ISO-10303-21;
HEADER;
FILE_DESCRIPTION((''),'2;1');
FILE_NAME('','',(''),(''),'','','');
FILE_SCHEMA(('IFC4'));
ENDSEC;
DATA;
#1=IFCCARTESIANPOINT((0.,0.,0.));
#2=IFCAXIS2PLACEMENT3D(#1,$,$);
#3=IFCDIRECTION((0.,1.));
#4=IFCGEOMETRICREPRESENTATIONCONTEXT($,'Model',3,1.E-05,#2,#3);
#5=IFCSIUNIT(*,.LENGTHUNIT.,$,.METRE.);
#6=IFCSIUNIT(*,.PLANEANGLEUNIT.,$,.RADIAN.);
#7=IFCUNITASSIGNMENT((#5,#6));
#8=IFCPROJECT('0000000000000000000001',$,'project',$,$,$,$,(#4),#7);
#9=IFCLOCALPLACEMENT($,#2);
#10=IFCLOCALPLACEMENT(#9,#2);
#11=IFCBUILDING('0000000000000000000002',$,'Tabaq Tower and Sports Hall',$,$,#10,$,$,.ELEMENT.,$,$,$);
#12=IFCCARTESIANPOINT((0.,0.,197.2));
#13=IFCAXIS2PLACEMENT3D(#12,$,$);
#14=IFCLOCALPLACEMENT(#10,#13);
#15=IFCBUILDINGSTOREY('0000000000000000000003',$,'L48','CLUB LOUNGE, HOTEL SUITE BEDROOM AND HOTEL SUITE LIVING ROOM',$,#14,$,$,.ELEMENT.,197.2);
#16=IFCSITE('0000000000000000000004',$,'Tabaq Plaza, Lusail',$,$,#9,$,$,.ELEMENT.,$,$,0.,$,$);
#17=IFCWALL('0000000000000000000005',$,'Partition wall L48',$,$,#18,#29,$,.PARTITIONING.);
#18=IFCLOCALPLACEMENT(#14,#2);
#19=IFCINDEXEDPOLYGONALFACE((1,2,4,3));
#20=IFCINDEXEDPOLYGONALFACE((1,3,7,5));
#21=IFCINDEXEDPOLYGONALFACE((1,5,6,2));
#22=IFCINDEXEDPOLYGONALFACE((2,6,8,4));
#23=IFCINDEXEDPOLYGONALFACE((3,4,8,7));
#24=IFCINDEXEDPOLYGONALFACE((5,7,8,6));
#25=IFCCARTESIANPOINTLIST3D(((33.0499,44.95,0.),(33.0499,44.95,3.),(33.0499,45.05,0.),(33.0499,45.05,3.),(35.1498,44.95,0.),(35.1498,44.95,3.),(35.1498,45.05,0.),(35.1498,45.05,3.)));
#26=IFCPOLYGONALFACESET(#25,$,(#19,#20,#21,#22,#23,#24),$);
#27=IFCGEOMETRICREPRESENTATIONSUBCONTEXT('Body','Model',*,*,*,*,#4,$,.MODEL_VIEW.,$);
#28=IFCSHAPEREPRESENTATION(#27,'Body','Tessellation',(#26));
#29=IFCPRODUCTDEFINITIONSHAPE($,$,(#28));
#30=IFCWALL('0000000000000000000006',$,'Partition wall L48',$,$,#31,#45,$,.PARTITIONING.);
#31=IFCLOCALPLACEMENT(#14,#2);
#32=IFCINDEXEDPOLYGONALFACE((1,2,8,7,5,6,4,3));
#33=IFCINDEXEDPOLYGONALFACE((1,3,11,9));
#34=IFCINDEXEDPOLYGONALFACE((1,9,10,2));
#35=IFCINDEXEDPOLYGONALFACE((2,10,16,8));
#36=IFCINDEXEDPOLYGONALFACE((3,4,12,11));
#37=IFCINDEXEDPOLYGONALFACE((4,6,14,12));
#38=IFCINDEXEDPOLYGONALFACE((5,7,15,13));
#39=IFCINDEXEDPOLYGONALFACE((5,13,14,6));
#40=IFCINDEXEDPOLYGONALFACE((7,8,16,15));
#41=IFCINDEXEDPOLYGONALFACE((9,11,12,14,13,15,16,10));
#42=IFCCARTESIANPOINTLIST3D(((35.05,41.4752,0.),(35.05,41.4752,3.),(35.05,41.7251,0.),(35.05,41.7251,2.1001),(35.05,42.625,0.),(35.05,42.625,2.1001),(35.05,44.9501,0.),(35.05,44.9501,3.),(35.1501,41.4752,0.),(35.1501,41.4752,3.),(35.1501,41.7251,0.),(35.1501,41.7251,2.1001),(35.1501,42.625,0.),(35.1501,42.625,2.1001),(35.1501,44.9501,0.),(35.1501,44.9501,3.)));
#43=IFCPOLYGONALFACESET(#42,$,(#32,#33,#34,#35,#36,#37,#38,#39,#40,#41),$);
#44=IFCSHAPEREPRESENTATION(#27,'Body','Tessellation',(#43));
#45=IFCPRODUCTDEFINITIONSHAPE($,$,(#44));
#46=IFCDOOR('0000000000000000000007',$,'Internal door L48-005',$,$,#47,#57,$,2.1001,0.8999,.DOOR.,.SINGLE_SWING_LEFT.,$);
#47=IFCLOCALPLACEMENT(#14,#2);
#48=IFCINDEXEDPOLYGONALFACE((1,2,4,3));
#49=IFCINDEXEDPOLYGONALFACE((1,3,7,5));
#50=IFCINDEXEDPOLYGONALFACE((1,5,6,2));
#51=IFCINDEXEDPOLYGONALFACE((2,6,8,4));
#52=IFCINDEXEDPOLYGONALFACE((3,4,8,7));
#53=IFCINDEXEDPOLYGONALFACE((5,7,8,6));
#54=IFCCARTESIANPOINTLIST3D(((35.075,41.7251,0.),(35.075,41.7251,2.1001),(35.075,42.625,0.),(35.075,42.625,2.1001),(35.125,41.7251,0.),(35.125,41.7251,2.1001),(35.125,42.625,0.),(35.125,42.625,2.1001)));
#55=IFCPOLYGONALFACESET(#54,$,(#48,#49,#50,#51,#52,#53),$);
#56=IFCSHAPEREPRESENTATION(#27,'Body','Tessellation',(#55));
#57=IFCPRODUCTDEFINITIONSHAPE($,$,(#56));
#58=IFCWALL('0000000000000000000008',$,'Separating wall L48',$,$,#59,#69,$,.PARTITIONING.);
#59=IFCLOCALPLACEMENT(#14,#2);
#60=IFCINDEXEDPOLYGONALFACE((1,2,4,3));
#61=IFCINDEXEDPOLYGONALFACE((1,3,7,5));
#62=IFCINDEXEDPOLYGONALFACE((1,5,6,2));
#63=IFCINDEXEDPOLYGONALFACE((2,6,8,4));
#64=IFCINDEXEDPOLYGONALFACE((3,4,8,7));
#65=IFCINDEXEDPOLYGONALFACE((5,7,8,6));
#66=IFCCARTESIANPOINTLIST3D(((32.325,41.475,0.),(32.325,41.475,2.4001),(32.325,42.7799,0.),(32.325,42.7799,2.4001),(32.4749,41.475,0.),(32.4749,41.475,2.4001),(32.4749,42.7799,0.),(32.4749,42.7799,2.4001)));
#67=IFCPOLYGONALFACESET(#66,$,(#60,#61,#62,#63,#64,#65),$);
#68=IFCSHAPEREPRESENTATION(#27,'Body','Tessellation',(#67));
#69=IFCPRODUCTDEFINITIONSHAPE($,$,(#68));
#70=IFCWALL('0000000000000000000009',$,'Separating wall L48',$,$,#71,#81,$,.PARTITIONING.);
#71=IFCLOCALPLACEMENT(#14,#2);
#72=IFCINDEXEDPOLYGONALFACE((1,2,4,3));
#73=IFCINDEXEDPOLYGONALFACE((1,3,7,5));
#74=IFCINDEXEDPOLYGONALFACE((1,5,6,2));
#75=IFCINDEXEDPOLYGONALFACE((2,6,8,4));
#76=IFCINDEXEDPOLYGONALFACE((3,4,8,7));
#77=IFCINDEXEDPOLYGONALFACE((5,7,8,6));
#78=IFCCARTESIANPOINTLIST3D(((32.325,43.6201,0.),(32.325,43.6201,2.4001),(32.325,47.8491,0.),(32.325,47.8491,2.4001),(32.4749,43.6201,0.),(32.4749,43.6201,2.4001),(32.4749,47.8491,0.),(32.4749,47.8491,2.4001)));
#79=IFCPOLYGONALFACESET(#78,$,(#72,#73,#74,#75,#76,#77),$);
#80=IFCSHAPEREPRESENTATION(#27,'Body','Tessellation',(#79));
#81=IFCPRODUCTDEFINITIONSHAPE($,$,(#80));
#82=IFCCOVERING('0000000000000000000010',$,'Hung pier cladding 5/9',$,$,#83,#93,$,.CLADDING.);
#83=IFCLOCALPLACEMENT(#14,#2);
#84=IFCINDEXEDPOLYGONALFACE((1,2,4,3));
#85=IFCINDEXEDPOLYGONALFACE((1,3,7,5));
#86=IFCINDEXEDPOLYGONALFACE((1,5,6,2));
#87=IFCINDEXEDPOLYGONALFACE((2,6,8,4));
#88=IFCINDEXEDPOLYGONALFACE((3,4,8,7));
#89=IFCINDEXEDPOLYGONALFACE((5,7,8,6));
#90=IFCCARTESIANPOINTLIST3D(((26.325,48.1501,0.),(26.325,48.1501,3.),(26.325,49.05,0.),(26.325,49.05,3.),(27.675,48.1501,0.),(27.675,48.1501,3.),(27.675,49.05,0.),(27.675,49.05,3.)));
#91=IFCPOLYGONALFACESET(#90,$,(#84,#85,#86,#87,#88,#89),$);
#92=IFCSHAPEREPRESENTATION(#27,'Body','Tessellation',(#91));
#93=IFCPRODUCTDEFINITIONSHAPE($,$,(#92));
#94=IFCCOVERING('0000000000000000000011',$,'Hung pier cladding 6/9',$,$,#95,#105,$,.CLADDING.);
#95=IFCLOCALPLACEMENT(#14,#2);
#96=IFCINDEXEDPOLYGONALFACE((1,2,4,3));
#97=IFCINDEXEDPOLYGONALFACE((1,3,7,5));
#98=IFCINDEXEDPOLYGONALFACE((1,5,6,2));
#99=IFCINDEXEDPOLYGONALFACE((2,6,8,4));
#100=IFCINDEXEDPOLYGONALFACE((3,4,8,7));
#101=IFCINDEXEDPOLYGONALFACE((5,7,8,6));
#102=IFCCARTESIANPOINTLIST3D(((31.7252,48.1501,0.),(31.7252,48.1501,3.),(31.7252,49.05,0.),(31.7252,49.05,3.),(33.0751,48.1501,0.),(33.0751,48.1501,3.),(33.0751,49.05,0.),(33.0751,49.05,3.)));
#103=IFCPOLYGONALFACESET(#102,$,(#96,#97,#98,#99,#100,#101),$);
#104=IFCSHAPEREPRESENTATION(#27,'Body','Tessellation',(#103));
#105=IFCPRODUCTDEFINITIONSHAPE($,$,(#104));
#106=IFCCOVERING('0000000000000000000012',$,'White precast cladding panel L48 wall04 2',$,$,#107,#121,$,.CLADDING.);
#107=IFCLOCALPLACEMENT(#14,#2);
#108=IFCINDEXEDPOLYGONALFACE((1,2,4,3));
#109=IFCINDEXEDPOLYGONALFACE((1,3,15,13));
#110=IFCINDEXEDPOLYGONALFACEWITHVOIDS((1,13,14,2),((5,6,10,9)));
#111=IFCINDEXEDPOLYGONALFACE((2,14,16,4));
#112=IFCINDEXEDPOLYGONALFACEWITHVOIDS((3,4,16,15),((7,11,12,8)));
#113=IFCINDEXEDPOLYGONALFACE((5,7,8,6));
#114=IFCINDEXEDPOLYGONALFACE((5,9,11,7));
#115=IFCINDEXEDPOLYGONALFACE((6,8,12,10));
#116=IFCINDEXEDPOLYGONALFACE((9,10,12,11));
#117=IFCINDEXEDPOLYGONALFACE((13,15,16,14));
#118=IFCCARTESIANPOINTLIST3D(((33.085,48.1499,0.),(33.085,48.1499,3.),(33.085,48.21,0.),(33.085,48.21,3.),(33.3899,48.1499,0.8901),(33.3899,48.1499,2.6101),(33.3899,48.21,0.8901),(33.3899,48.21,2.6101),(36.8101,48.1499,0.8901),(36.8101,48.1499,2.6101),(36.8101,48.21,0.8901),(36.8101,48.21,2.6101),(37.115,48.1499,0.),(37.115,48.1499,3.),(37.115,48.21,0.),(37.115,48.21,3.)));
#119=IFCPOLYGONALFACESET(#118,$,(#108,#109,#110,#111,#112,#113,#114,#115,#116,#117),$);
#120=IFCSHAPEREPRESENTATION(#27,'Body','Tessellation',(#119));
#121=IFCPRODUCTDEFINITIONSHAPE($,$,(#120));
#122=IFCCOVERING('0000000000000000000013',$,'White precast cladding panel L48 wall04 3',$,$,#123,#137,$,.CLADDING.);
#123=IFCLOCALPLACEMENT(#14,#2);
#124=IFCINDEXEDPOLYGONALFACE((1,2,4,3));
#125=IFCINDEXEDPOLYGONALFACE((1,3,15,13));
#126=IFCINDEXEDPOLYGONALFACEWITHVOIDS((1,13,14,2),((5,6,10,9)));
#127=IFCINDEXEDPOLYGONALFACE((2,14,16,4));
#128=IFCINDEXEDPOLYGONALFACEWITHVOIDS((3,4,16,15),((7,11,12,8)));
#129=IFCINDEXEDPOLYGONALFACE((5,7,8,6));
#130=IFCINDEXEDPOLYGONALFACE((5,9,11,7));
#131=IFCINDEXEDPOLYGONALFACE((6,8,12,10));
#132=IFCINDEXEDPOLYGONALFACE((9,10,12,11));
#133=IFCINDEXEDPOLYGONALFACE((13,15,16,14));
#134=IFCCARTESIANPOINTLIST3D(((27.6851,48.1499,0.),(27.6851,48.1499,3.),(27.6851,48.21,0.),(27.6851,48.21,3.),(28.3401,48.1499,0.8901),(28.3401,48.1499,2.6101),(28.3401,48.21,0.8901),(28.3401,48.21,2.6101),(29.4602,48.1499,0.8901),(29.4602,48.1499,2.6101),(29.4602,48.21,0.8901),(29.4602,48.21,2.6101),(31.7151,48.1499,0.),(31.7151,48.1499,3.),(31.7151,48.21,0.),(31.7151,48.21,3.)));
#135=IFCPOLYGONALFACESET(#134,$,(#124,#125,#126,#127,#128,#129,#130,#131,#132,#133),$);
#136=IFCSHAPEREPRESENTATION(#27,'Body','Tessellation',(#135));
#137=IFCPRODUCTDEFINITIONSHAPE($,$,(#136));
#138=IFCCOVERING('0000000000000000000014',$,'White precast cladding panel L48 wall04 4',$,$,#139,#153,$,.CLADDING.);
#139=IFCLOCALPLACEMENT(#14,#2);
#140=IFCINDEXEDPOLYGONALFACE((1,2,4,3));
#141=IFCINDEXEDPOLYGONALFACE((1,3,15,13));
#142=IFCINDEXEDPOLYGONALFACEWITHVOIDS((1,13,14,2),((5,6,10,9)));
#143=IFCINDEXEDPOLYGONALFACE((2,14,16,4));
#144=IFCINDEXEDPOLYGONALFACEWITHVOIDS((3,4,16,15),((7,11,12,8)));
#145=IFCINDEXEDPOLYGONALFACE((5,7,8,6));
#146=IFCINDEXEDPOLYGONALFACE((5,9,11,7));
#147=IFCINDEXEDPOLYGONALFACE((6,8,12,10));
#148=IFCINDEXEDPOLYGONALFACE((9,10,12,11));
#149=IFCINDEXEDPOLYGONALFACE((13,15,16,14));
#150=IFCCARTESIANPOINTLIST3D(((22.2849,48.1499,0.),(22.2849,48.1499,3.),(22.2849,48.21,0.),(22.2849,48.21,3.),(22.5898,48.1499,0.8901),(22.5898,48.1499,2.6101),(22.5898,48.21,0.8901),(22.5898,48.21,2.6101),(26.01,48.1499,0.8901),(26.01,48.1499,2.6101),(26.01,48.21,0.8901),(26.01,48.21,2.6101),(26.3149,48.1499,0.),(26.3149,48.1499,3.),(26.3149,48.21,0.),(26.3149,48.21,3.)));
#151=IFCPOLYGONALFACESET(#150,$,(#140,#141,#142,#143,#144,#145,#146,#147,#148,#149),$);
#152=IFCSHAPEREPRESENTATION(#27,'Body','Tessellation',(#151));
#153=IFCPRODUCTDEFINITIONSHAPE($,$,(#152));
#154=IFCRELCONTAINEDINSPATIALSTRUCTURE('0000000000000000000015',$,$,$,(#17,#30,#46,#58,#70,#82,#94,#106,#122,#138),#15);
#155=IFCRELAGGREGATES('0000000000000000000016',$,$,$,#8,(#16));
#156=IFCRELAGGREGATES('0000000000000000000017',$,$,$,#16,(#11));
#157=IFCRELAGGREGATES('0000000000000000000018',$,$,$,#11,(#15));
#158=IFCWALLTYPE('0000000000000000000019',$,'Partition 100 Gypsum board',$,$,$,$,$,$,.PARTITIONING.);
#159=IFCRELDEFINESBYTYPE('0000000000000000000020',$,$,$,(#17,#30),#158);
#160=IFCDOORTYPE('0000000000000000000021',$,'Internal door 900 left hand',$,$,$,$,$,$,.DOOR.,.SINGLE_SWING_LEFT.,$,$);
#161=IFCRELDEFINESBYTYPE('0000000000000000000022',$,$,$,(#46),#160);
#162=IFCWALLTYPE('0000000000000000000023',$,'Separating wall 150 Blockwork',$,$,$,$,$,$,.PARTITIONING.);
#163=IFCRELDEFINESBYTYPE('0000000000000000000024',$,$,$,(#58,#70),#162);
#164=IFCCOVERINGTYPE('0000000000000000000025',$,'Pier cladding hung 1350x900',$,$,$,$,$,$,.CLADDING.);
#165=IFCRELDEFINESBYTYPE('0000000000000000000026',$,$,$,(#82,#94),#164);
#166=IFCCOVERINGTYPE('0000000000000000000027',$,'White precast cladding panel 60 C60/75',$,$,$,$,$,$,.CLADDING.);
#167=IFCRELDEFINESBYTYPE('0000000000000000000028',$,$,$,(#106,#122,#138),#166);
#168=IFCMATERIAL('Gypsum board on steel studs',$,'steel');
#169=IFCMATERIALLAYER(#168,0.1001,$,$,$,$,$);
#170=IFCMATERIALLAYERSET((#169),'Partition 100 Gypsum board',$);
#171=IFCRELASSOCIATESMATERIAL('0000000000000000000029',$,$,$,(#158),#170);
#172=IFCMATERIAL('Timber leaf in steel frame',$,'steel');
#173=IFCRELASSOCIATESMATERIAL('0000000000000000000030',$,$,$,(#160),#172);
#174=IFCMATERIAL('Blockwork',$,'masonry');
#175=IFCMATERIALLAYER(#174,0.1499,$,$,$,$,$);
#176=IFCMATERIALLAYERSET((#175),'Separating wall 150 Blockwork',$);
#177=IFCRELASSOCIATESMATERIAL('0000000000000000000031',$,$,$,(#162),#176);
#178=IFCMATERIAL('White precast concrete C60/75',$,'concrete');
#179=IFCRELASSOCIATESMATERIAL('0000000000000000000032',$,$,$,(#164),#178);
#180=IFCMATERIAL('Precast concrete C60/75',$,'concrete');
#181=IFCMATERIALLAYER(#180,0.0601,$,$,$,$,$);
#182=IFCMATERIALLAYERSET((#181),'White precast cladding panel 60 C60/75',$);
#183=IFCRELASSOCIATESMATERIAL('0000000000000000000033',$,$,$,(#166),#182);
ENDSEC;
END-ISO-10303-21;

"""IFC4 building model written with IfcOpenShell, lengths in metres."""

from ifc_helpers import new_model, si_unit, direction, frame, frame_2d, origin, place, context, subcontext, project, spatial, polyline, rectangle, outline, extrude, material, layer, layer_set, type_object, element, fill, save


model = new_model("IFC4")

# Units and contexts
model_context = context("Model", 3, precision=1e-05, world=origin(), true_north=direction((0.0, 1.0)))
body_context = subcontext(model_context, "Body", "Model", "MODEL_VIEW")
ifc_project = project(units=[si_unit("LENGTHUNIT", "METRE"), si_unit("PLANEANGLEUNIT", "RADIAN")], contexts=[model_context])

# Site, building, storey
site_placement = place(None, origin())
site = spatial("IfcSite", under=ifc_project, at=site_placement, Name="Tabaq Plaza, Lusail", CompositionType="ELEMENT", RefElevation=0.0)
building_placement = place(site_placement, origin())
building = spatial("IfcBuilding", under=site, at=building_placement, Name="Tabaq Tower and Sports Hall", CompositionType="ELEMENT")
storey_placement = place(building_placement, frame((0.0, 0.0, 197.2)))
storey = spatial("IfcBuildingStorey", under=building, at=storey_placement, Name="L48", Description="CLUB LOUNGE, HOTEL SUITE BEDROOM AND HOTEL SUITE LIVING ROOM", CompositionType="ELEMENT", Elevation=197.2)

# Shared definitions
ifc_material_1 = material(Name="Gypsum board on steel studs", Category="steel")
ifc_layer_1 = layer(ifc_material_1, 0.1001)
ifc_layer_set_1 = layer_set([ifc_layer_1], Name="Partition 100 Gypsum board")
wall_type_1 = type_object("IfcWallType", Name="Partition 100 Gypsum board", PredefinedType="PARTITIONING", material=ifc_layer_set_1)

# Shared definitions
ifc_material_2 = material(Name="Timber leaf in steel frame", Category="steel")
door_type_1 = type_object("IfcDoorType", Name="Internal door 900 left hand", OperationType="SINGLE_SWING_LEFT", PredefinedType="DOOR", material=ifc_material_2)

# Wall
wall_1_placement = place(storey_placement, frame((33.05, 45.0, 0.0), z_axis=(0.0, 0.0, 1.0), x_axis=(1.0, 0.0, 0.0)))
element("IfcWall", 1, at=wall_1_placement, inside=storey, type_object=wall_type_1, Name="Partition wall L48", PredefinedType="PARTITIONING", context=body_context, shape_type="SweptSolid", body=[
    extrude(rectangle(XDim=2.0999, YDim=0.1001, at=frame_2d((1.0498, 0.0))), origin(), (0.0, 0.0, 1.0), 3.0),
])

# Wall, opening, door
wall_2_placement = place(storey_placement, frame((35.1001, 44.95, 0.0), z_axis=(0.0, 0.0, 1.0), x_axis=(0.0, -1.0, 0.0)))
wall_2 = element("IfcWall", 2, at=wall_2_placement, inside=storey, type_object=wall_type_1, Name="Partition wall L48", PredefinedType="PARTITIONING", context=body_context, shape_type="SweptSolid", body=[
    extrude(rectangle(XDim=3.4749, YDim=0.1001, at=frame_2d((1.7373, 0.0))), origin(), (0.0, 0.0, 1.0), 3.0),
])
opening_1_placement = place(wall_2_placement, frame((2.325, 0.0, 0.0)))
opening_1 = element("IfcOpeningElement", 3, at=opening_1_placement, cuts=wall_2, PredefinedType="OPENING", context=body_context, shape_type="SweptSolid", body=[
    extrude(rectangle(XDim=0.8999, YDim=2.1001, at=frame_2d((0.45, 1.05))), frame((0.0, 0.05, 0.0), z_axis=(0.0, -1.0, 0.0), x_axis=(1.0, 0.0, 0.0)), (0.0, 0.0, 1.0), 0.1001),
])
door_1_placement = place(opening_1_placement, origin())
door_1 = element("IfcDoor", 4, at=door_1_placement, inside=storey, type_object=door_type_1, Name="Internal door L48-005", OperationType="SINGLE_SWING_LEFT", OverallHeight=2.1001, OverallWidth=0.8999, PredefinedType="DOOR", context=body_context, shape_type="SweptSolid", body=[
    extrude(rectangle(XDim=0.8999, YDim=2.1001, at=frame_2d((0.45, 1.05))), frame((0.0, 0.0249, 0.0), z_axis=(0.0, -1.0, 0.0), x_axis=(1.0, 0.0, 0.0)), (0.0, 0.0, 1.0), 0.05),
])
fill(opening_1, door_1)

# Walls
ifc_material_3 = material(Name="Blockwork", Category="masonry")
ifc_layer_2 = layer(ifc_material_3, 0.1499)
ifc_layer_set_2 = layer_set([ifc_layer_2], Name="Separating wall 150 Blockwork")
wall_type_2 = type_object("IfcWallType", Name="Separating wall 150 Blockwork", PredefinedType="PARTITIONING", material=ifc_layer_set_2)
wall_3_placement = place(storey_placement, frame((32.3999, 41.4751, 0.0), z_axis=(0.0, 0.0, 1.0), x_axis=(0.0, 1.0, 0.0)))
element("IfcWall", 5, at=wall_3_placement, inside=storey, type_object=wall_type_2, Name="Separating wall L48", PredefinedType="PARTITIONING", context=body_context, shape_type="SweptSolid", body=[
    extrude(rectangle(XDim=1.3049, YDim=0.1499, at=frame_2d((0.6523, 0.0))), origin(), (0.0, 0.0, 1.0), 2.4001),
])
wall_4_placement = place(storey_placement, frame((32.3999, 43.6201, 0.0), z_axis=(0.0, 0.0, 1.0), x_axis=(0.0, 1.0, 0.0)))
element("IfcWall", 6, at=wall_4_placement, inside=storey, type_object=wall_type_2, Name="Separating wall L48", PredefinedType="PARTITIONING", context=body_context, shape_type="SweptSolid", body=[
    extrude(rectangle(XDim=4.229, YDim=0.1499, at=frame_2d((2.1145, 0.0))), origin(), (0.0, 0.0, 1.0), 2.4001),
])

# Coverings
ifc_material_4 = material(Name="White precast concrete C60/75", Category="concrete")
covering_type_1 = type_object("IfcCoveringType", Name="Pier cladding hung 1350x900", PredefinedType="CLADDING", material=ifc_material_4)
covering_1_placement = place(storey_placement, frame((27.675, 48.6001, 0.0), z_axis=(0.0, 0.0, 1.0), x_axis=(-1.0, 0.0, 0.0)))
element("IfcCovering", 7, at=covering_1_placement, inside=storey, type_object=covering_type_1, Name="Hung pier cladding 5/9", PredefinedType="CLADDING", context=body_context, shape_type="SweptSolid", body=[
    extrude(rectangle(XDim=1.3501, YDim=0.8999, at=frame_2d((0.675, 0.0))), origin(), (0.0, 0.0, 1.0), 3.0),
])
covering_2_placement = place(storey_placement, frame((33.075, 48.6001, 0.0), z_axis=(0.0, 0.0, 1.0), x_axis=(-1.0, 0.0, 0.0)))
element("IfcCovering", 8, at=covering_2_placement, inside=storey, type_object=covering_type_1, Name="Hung pier cladding 6/9", PredefinedType="CLADDING", context=body_context, shape_type="SweptSolid", body=[
    extrude(rectangle(XDim=1.3499, YDim=0.8999, at=frame_2d((0.6748, 0.0))), origin(), (0.0, 0.0, 1.0), 3.0),
])
ifc_material_5 = material(Name="Precast concrete C60/75", Category="concrete")
ifc_layer_3 = layer(ifc_material_5, 0.0601)
ifc_layer_set_3 = layer_set([ifc_layer_3], Name="White precast cladding panel 60 C60/75")
covering_type_2 = type_object("IfcCoveringType", Name="White precast cladding panel 60 C60/75", PredefinedType="CLADDING", material=ifc_layer_set_3)
covering_3_placement = place(storey_placement, frame((37.115, 48.1799, 0.0), z_axis=(0.0, 0.0, 1.0), x_axis=(-1.0, 0.0, 0.0)))
element("IfcCovering", 9, at=covering_3_placement, inside=storey, type_object=covering_type_2, Name="White precast cladding panel L48 wall04 2", PredefinedType="CLADDING", context=body_context, shape_type="SweptSolid", body=[
    extrude(outline(polyline([(0.0, 0.0), (4.03, 0.0), (4.03, 3.0), (0.0, 3.0), (0.0, 0.0)]), holes=[polyline([(0.3049, 0.8901), (0.3049, 2.6101), (3.7251, 2.6101), (3.7251, 0.8901), (0.3049, 0.8901)])]), frame((0.0, 0.03, 0.0), z_axis=(0.0, -1.0, 0.0), x_axis=(1.0, 0.0, 0.0)), (0.0, 0.0, 1.0), 0.0601),
])
covering_4_placement = place(storey_placement, frame((31.7151, 48.1799, 0.0), z_axis=(0.0, 0.0, 1.0), x_axis=(-1.0, 0.0, 0.0)))
element("IfcCovering", 10, at=covering_4_placement, inside=storey, type_object=covering_type_2, Name="White precast cladding panel L48 wall04 3", PredefinedType="CLADDING", context=body_context, shape_type="SweptSolid", body=[
    extrude(outline(polyline([(0.0, 0.0), (4.03, 0.0), (4.03, 3.0), (0.0, 3.0), (0.0, 0.0)]), holes=[polyline([(2.2549, 0.8901), (2.2549, 2.6101), (3.375, 2.6101), (3.375, 0.8901), (2.2549, 0.8901)])]), frame((0.0, 0.03, 0.0), z_axis=(0.0, -1.0, 0.0), x_axis=(1.0, 0.0, 0.0)), (0.0, 0.0, 1.0), 0.0601),
])
covering_5_placement = place(storey_placement, frame((26.3149, 48.1799, 0.0), z_axis=(0.0, 0.0, 1.0), x_axis=(-1.0, 0.0, 0.0)))
element("IfcCovering", 11, at=covering_5_placement, inside=storey, type_object=covering_type_2, Name="White precast cladding panel L48 wall04 4", PredefinedType="CLADDING", context=body_context, shape_type="SweptSolid", body=[
    extrude(outline(polyline([(0.0, 0.0), (4.03, 0.0), (4.03, 3.0), (0.0, 3.0), (0.0, 0.0)]), holes=[polyline([(0.3049, 0.8901), (0.3049, 2.6101), (3.7251, 2.6101), (3.7251, 0.8901), (0.3049, 0.8901)])]), frame((0.0, 0.03, 0.0), z_axis=(0.0, -1.0, 0.0), x_axis=(1.0, 0.0, 0.0)), (0.0, 0.0, 1.0), 0.0601),
])

save(model, "model.ifc")
